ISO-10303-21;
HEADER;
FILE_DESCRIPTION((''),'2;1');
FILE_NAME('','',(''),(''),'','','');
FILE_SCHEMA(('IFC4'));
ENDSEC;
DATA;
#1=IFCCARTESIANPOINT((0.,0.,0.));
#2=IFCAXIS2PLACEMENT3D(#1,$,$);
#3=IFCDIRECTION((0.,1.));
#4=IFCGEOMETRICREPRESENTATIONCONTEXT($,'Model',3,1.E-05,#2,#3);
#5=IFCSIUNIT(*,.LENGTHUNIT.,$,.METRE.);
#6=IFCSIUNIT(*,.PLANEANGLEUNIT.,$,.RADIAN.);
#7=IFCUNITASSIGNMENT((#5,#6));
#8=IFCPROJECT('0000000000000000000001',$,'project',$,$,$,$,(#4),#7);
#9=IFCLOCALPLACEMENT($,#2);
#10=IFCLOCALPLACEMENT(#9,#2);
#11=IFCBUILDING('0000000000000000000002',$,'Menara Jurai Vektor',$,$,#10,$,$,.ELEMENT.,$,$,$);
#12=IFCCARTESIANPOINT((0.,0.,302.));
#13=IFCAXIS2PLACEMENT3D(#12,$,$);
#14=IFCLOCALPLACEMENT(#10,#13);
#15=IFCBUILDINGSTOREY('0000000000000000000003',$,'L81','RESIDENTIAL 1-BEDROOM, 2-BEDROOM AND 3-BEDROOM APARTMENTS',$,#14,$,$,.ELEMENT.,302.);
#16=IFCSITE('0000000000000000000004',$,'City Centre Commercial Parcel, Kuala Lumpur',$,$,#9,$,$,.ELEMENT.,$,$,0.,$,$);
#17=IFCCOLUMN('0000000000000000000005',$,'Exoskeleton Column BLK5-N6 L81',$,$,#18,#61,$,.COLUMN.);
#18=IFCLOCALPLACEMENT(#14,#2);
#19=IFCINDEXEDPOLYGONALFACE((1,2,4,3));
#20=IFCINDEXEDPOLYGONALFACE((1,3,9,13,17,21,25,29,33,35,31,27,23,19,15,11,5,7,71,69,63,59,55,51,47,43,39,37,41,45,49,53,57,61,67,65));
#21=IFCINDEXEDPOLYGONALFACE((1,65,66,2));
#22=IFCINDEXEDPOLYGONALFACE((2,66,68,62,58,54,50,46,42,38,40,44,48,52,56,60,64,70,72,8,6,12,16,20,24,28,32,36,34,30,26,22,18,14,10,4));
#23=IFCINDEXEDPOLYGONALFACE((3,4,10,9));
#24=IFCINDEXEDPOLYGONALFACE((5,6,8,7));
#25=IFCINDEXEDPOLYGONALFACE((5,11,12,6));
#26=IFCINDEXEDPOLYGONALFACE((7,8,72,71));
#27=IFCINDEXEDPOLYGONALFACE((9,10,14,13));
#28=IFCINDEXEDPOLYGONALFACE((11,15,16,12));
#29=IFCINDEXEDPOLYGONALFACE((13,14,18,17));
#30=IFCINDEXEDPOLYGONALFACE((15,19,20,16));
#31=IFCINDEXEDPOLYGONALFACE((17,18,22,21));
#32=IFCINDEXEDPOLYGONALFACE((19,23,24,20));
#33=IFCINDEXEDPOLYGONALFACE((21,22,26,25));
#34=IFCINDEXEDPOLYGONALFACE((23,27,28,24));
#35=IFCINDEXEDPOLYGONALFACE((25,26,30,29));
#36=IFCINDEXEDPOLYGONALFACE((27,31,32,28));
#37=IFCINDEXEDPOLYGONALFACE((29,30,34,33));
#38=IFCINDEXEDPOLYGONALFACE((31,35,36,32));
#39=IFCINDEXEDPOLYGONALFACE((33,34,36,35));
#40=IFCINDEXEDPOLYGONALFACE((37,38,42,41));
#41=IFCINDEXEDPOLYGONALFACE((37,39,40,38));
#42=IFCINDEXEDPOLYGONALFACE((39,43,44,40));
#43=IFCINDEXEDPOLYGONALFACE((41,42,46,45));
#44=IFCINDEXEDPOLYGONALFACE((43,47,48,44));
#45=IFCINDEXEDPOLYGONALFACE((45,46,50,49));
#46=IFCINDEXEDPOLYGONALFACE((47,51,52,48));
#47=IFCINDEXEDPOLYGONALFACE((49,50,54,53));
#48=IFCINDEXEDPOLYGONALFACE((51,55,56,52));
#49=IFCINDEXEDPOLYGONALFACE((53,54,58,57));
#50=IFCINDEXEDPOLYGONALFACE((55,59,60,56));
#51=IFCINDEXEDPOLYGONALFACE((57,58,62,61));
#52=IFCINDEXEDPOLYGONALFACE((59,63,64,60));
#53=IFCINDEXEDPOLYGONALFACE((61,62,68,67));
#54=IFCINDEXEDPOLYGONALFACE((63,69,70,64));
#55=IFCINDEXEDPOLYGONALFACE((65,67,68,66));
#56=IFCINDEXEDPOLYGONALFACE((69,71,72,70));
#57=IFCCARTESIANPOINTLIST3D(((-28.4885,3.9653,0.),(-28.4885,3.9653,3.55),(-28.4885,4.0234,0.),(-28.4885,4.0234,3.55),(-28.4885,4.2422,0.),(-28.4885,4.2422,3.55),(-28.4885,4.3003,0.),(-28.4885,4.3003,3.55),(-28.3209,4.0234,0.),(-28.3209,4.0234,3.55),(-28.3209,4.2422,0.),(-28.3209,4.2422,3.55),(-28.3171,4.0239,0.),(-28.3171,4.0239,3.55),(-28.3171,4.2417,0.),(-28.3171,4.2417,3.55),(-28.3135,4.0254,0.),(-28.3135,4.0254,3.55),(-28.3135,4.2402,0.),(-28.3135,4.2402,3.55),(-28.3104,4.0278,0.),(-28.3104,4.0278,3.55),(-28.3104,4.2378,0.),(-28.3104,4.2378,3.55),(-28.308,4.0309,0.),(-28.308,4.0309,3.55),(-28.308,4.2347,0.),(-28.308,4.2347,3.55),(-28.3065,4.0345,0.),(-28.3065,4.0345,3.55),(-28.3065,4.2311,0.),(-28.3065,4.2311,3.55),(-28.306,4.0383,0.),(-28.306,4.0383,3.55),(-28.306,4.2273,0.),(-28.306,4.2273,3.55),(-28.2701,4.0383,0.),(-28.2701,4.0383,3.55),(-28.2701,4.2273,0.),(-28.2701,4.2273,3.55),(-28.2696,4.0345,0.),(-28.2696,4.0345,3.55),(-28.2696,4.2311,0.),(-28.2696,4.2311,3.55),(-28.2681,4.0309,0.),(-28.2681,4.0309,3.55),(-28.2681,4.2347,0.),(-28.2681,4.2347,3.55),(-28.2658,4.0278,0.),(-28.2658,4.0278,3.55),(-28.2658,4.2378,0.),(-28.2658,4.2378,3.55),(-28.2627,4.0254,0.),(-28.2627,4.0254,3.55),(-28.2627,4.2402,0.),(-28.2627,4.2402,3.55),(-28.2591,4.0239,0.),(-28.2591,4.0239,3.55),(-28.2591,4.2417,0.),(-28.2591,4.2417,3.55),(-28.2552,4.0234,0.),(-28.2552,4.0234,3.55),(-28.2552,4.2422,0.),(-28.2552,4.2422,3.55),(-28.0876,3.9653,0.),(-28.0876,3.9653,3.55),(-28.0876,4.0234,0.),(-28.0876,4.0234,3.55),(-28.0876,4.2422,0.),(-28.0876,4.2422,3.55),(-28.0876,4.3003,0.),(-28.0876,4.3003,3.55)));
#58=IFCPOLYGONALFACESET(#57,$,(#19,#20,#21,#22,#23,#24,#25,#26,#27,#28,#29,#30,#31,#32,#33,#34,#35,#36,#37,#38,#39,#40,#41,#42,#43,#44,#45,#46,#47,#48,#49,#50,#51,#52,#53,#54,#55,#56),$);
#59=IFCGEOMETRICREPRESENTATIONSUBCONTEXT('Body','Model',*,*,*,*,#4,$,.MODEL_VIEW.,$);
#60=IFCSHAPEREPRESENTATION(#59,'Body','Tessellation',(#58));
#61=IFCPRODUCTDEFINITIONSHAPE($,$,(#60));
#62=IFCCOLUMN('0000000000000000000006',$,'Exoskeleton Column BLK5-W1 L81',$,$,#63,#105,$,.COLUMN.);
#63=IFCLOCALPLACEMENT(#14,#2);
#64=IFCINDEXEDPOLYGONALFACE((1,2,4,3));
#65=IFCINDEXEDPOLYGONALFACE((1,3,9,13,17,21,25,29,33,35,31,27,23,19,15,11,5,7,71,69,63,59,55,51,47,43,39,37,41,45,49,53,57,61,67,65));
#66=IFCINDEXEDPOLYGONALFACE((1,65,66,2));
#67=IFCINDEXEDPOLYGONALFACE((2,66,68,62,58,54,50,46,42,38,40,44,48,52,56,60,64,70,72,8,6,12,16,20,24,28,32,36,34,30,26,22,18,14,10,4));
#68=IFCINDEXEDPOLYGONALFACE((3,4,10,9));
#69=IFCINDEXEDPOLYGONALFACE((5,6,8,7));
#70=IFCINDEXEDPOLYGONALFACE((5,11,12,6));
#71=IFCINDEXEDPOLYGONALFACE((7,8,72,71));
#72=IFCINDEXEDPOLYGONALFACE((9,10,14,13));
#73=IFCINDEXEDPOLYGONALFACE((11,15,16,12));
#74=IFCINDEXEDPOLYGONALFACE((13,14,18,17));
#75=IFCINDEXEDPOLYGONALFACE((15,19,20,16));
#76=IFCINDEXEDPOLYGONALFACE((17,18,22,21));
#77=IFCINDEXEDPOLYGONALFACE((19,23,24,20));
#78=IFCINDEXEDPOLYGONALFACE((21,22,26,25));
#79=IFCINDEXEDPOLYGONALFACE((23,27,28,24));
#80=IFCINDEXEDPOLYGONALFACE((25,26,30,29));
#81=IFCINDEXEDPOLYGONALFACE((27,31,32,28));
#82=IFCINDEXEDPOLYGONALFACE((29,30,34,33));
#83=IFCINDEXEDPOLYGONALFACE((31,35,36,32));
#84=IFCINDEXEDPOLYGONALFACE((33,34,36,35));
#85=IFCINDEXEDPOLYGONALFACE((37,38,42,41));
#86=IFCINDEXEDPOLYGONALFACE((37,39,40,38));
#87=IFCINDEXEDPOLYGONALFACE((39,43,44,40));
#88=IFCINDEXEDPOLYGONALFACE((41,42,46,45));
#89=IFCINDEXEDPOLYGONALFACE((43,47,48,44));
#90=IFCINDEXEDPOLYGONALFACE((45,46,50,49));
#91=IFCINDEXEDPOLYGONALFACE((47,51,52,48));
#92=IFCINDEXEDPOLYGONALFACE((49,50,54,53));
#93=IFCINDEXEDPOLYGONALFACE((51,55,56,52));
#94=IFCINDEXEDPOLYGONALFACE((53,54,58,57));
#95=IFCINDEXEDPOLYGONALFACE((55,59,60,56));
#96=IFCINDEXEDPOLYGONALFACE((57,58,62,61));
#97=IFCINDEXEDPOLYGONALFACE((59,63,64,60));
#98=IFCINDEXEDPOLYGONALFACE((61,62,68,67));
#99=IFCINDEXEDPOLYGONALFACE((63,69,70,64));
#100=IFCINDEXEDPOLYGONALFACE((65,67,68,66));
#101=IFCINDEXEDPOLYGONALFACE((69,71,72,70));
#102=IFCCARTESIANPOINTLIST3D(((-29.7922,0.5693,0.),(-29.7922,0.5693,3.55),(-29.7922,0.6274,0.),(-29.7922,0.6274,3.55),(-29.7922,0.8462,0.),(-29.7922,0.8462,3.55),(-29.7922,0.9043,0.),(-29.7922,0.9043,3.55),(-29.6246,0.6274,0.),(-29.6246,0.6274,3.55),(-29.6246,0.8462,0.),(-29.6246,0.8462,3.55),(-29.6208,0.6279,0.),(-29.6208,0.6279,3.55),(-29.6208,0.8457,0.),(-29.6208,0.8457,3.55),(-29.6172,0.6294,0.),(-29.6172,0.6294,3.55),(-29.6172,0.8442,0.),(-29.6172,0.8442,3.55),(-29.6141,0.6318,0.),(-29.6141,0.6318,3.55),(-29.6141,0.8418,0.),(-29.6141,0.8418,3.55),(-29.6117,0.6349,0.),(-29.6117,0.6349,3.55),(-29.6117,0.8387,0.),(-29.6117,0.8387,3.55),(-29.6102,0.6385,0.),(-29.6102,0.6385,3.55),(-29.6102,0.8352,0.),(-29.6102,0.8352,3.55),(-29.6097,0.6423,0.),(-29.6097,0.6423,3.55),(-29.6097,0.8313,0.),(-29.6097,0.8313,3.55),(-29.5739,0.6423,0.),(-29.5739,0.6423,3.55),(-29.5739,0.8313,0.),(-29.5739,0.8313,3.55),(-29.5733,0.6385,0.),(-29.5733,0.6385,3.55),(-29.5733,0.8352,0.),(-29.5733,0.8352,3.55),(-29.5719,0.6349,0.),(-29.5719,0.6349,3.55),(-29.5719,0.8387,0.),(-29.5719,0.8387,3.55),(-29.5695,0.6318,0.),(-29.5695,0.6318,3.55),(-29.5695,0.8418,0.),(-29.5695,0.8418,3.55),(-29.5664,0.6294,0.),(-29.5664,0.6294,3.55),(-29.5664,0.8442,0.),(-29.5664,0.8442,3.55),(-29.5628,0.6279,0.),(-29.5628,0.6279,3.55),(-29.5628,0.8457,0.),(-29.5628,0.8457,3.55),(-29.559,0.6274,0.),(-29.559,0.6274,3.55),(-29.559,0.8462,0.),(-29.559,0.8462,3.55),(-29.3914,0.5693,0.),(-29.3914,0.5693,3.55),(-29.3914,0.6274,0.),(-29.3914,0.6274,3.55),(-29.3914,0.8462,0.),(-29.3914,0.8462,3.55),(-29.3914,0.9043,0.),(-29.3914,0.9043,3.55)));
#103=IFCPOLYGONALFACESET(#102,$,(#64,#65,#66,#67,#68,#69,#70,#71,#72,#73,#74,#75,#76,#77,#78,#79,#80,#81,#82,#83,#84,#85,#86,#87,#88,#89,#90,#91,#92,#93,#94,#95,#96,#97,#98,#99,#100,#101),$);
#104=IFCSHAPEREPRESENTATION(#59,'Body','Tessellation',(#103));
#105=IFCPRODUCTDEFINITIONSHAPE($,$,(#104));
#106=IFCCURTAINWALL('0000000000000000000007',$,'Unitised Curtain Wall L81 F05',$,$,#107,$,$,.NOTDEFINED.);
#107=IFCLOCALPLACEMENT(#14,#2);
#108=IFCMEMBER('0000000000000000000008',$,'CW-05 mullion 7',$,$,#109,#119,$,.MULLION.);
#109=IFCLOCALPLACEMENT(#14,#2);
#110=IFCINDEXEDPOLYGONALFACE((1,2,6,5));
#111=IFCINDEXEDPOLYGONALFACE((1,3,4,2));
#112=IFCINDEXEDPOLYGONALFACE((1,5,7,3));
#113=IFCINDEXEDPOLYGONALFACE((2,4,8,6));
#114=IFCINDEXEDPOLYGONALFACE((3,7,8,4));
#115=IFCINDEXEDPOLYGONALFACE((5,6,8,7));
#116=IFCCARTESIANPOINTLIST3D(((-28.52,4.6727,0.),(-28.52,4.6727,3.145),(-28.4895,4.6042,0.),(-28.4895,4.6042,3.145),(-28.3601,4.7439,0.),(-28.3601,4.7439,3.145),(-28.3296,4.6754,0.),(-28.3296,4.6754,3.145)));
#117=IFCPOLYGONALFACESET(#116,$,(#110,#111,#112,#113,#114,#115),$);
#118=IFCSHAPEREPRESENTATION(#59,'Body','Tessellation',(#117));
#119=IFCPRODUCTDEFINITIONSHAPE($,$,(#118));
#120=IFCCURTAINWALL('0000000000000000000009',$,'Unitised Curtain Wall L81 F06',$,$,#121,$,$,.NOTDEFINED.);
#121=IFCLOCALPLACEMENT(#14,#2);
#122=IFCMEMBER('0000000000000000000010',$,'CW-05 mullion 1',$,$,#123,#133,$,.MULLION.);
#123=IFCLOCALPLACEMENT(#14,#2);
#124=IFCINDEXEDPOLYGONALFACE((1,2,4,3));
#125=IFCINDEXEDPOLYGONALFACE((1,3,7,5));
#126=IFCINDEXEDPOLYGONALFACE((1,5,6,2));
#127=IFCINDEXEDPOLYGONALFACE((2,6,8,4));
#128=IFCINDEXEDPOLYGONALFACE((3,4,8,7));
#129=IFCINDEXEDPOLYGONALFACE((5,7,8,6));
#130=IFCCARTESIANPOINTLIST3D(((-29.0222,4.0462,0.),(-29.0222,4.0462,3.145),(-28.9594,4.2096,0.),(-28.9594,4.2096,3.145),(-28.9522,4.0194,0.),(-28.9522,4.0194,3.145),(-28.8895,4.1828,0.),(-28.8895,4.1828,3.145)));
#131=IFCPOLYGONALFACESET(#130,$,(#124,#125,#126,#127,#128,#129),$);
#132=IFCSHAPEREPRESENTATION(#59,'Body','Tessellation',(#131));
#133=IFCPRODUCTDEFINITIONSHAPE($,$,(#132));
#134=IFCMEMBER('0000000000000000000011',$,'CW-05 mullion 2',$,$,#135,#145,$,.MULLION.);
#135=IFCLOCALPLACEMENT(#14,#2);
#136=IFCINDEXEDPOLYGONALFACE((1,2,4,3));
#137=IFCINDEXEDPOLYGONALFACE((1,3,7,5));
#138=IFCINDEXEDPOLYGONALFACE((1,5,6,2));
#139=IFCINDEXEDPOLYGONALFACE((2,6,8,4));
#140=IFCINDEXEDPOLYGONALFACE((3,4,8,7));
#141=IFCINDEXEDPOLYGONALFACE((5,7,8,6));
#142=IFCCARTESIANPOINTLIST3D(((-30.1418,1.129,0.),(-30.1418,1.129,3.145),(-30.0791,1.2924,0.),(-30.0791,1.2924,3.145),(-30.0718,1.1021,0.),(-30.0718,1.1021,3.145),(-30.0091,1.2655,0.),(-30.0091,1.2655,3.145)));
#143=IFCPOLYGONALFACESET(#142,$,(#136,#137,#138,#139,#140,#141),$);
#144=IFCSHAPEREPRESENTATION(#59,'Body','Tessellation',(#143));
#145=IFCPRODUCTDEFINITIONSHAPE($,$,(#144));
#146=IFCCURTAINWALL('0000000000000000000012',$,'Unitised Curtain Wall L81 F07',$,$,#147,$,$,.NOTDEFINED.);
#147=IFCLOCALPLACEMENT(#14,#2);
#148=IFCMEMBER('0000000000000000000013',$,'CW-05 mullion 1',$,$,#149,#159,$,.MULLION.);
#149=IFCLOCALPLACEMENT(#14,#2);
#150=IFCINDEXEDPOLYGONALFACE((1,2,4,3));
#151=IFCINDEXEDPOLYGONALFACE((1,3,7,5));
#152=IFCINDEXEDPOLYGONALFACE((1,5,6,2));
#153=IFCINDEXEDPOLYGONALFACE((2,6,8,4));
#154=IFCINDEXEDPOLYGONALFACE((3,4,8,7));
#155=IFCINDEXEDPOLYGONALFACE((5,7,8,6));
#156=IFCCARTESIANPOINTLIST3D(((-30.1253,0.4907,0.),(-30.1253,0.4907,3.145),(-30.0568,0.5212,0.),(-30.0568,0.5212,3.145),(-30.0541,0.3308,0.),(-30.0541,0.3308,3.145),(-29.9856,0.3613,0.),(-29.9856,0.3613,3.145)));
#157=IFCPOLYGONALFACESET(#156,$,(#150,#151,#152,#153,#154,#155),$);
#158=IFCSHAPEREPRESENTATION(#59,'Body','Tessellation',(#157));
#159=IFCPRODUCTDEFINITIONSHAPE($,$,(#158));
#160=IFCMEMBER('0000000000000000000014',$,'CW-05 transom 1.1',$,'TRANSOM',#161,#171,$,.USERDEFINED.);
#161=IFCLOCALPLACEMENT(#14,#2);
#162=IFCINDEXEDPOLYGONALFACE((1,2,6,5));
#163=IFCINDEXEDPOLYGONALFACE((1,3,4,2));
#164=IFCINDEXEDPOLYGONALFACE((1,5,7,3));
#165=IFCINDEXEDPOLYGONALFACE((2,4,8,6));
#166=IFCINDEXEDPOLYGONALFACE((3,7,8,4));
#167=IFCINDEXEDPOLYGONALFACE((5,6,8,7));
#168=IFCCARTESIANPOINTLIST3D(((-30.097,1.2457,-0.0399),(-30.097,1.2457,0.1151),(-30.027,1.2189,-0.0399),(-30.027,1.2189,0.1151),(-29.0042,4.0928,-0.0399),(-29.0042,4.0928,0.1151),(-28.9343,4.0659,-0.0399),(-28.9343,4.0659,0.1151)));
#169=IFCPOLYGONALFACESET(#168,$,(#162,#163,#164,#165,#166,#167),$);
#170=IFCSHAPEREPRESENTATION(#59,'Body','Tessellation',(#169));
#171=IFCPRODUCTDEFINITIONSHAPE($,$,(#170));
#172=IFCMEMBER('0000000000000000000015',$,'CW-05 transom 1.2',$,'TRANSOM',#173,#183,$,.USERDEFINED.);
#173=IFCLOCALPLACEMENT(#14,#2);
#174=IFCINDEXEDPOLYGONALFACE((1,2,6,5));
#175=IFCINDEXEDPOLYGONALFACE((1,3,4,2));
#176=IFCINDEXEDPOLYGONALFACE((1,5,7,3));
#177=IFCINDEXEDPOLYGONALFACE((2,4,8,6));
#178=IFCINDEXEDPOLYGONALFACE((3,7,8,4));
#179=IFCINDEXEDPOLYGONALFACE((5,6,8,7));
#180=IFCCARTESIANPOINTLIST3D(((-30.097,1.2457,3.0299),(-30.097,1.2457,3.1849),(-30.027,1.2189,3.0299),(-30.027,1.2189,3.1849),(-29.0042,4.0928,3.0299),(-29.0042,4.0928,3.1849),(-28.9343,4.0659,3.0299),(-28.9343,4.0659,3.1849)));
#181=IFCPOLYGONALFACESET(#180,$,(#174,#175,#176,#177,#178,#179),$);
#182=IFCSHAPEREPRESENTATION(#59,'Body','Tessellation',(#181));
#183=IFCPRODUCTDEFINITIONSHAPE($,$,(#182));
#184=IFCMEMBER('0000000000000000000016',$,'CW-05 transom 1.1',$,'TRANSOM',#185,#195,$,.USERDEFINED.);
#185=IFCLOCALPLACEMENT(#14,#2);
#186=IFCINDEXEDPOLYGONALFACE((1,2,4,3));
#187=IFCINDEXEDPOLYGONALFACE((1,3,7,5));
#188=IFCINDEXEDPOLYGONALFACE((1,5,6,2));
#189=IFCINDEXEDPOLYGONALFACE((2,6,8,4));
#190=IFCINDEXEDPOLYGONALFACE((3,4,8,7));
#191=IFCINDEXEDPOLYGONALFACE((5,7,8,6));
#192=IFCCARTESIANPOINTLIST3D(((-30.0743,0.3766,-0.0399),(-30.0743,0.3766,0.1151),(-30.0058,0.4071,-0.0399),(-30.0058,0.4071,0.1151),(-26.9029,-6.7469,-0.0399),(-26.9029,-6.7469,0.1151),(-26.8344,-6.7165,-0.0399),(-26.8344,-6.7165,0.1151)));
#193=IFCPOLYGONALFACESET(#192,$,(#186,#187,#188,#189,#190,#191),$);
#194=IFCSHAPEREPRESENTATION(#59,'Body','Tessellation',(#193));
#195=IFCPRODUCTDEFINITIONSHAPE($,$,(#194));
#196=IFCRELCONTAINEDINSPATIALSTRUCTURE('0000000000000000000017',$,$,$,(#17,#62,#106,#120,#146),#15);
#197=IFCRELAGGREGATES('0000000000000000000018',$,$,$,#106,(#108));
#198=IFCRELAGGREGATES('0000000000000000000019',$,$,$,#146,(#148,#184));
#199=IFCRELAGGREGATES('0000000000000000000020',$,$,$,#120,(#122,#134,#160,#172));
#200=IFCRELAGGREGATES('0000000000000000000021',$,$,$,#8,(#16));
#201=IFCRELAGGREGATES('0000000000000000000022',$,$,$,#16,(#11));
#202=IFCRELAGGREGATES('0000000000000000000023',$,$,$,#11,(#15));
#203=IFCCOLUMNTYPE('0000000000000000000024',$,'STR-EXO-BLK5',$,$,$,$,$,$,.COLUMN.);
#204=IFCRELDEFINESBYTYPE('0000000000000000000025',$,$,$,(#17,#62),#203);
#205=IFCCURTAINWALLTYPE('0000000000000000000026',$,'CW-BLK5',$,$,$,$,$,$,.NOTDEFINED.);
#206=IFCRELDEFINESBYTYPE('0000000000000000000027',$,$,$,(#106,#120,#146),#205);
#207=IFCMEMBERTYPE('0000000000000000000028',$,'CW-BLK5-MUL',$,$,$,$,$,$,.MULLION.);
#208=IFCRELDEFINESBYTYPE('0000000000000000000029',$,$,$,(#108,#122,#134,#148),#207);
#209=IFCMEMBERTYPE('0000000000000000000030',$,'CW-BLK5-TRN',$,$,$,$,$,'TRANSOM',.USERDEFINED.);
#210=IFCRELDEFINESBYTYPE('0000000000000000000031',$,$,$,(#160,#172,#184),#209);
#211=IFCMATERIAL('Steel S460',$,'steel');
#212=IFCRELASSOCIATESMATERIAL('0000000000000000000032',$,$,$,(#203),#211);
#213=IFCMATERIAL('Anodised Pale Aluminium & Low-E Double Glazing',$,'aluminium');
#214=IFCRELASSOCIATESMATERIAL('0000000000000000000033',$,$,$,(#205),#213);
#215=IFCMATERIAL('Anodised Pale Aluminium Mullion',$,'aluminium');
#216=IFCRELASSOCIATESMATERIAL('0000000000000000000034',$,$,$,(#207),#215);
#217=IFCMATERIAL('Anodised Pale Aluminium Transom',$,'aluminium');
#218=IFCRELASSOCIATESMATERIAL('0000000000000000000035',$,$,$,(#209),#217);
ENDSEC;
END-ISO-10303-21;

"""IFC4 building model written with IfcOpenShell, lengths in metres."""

from ifc_helpers import new_model, si_unit, direction, frame, origin, origin_2d, place, context, subcontext, project, spatial, rectangle, i_section, extrude, material, material_profile, profile_set, type_object, element, aggregate, save


model = new_model("IFC4")

# Units and contexts
model_context = context("Model", 3, precision=1e-05, world=origin(), true_north=direction((0.0, 1.0)))
body_context = subcontext(model_context, "Body", "Model", "MODEL_VIEW")
ifc_project = project(units=[si_unit("LENGTHUNIT", "METRE"), si_unit("PLANEANGLEUNIT", "RADIAN")], contexts=[model_context])

# Site, building, storey
site_placement = place(None, origin())
site = spatial("IfcSite", under=ifc_project, at=site_placement, Name="City Centre Commercial Parcel, Kuala Lumpur", CompositionType="ELEMENT", RefElevation=0.0)
building_placement = place(site_placement, origin())
building = spatial("IfcBuilding", under=site, at=building_placement, Name="Menara Jurai Vektor", CompositionType="ELEMENT")
storey_placement = place(building_placement, frame((0.0, 0.0, 302.0)))
storey = spatial("IfcBuildingStorey", under=building, at=storey_placement, Name="L81", Description="RESIDENTIAL 1-BEDROOM, 2-BEDROOM AND 3-BEDROOM APARTMENTS", CompositionType="ELEMENT", Elevation=302.0)

# Columns
ifc_material_1 = material(Name="Steel S460", Category="steel")
ifc_material_profile_1 = material_profile(ifc_material_1, i_section(OverallWidth=0.4009, OverallDepth=0.335, WebThickness=0.0359, FlangeThickness=0.0581, FilletRadius=0.0149, at=origin_2d()), Name="HD 400x463")
ifc_profile_set_1 = profile_set([ifc_material_profile_1], Name="Steel S460")
column_type = type_object("IfcColumnType", Name="STR-EXO-BLK5", PredefinedType="COLUMN", material=ifc_profile_set_1)
for number, where, z_axis, x_axis, name in (
    (1, (-28.2881, 4.1328, 0.0), (0.0, 0.0, 1.0), (1.0, 0.0, 0.0), "Exoskeleton Column BLK5-N6 L81"),
    (2, (-29.5918, 0.7368, 0.0), (0.0, 0.0, 1.0), (1.0, 0.0, 0.0), "Exoskeleton Column BLK5-W1 L81"),
):
    element("IfcColumn", number, at=place(storey_placement, frame(where, z_axis=z_axis, x_axis=x_axis)), inside=storey, type_object=column_type, Name=name, PredefinedType="COLUMN", context=body_context, shape_type="SweptSolid", body=[
        extrude(i_section(OverallWidth=0.4009, OverallDepth=0.335, WebThickness=0.0359, FlangeThickness=0.0581, FilletRadius=0.0149, at=origin_2d()), origin(), (0.0, 0.0, 1.0), 3.55),
    ])

# Curtain wall, member
ifc_material_2 = material(Name="Anodised Pale Aluminium & Low-E Double Glazing", Category="aluminium")
curtain_wall_type = type_object("IfcCurtainWallType", Name="CW-BLK5", PredefinedType="NOTDEFINED", material=ifc_material_2)
curtain_wall_1_placement = place(storey_placement, origin())
curtain_wall_1 = element("IfcCurtainWall", 3, at=curtain_wall_1_placement, inside=storey, type_object=curtain_wall_type, Name="Unitised Curtain Wall L81 F05", PredefinedType="NOTDEFINED")
ifc_material_3 = material(Name="Anodised Pale Aluminium Mullion", Category="aluminium")
ifc_material_profile_2 = material_profile(ifc_material_3, rectangle(XDim=0.075, YDim=0.175, at=origin_2d()), Name="ALU MUL 75x175")
ifc_profile_set_2 = profile_set([ifc_material_profile_2], Name="Anodised Pale Aluminium Mullion")
member_type_1 = type_object("IfcMemberType", Name="CW-BLK5-MUL", PredefinedType="MULLION", material=ifc_profile_set_2)
member_1_placement = place(storey_placement, frame((-28.4248, 4.6741, 0.0), z_axis=(0.0, 0.0, 1.0), x_axis=(0.406735, -0.913546, 0.0)))
member_1 = element("IfcMember", 4, at=member_1_placement, type_object=member_type_1, Name="CW-05 mullion 7", PredefinedType="MULLION", context=body_context, shape_type="SweptSolid", body=[
    extrude(rectangle(XDim=0.075, YDim=0.175, at=origin_2d()), origin(), (0.0, 0.0, 1.0), 3.145),
])

# Curtain wall, members
curtain_wall_2_placement = place(storey_placement, origin())
curtain_wall_2 = element("IfcCurtainWall", 5, at=curtain_wall_2_placement, inside=storey, type_object=curtain_wall_type, Name="Unitised Curtain Wall L81 F06", PredefinedType="NOTDEFINED")
member_2_placement = place(storey_placement, frame((-28.9558, 4.1145, 0.0), z_axis=(0.0, 0.0, 1.0), x_axis=(0.933578, -0.358374, 0.0)))
member_2 = element("IfcMember", 6, at=member_2_placement, type_object=member_type_1, Name="CW-05 mullion 1", PredefinedType="MULLION", context=body_context, shape_type="SweptSolid", body=[
    extrude(rectangle(XDim=0.075, YDim=0.175, at=origin_2d()), origin(), (0.0, 0.0, 1.0), 3.145),
])
member_3_placement = place(storey_placement, frame((-30.0754, 1.1973, 0.0), z_axis=(0.0, 0.0, 1.0), x_axis=(0.933578, -0.358374, 0.0)))
member_3 = element("IfcMember", 7, at=member_3_placement, type_object=member_type_1, Name="CW-05 mullion 2", PredefinedType="MULLION", context=body_context, shape_type="SweptSolid", body=[
    extrude(rectangle(XDim=0.075, YDim=0.175, at=origin_2d()), origin(), (0.0, 0.0, 1.0), 3.145),
])

# Curtain wall, member
curtain_wall_3_placement = place(storey_placement, origin())
curtain_wall_3 = element("IfcCurtainWall", 8, at=curtain_wall_3_placement, inside=storey, type_object=curtain_wall_type, Name="Unitised Curtain Wall L81 F07", PredefinedType="NOTDEFINED")
member_4_placement = place(storey_placement, frame((-30.0554, 0.426, 0.0), z_axis=(0.0, 0.0, 1.0), x_axis=(0.913546, 0.406735, 0.0)))
member_4 = element("IfcMember", 9, at=member_4_placement, type_object=member_type_1, Name="CW-05 mullion 1", PredefinedType="MULLION", context=body_context, shape_type="SweptSolid", body=[
    extrude(rectangle(XDim=0.075, YDim=0.175, at=origin_2d()), origin(), (0.0, 0.0, 1.0), 3.145),
])

# Members
ifc_material_4 = material(Name="Anodised Pale Aluminium Transom", Category="aluminium")
ifc_material_profile_3 = material_profile(ifc_material_4, rectangle(XDim=0.075, YDim=0.155, at=origin_2d()), Name="ALU TRN 75x155")
ifc_profile_set_3 = profile_set([ifc_material_profile_3], Name="Anodised Pale Aluminium Transom")
member_type_2 = type_object("IfcMemberType", Name="CW-BLK5-TRN", ElementType="TRANSOM", PredefinedType="USERDEFINED", material=ifc_profile_set_3)
member_5_placement = place(storey_placement, frame((-28.9692, 4.0793, 0.0376), z_axis=(-0.358325, -0.933597, 0.0), x_axis=(0.933597, -0.358325, 0.0)))
member_5 = element("IfcMember", 10, at=member_5_placement, type_object=member_type_2, Name="CW-05 transom 1.1", ObjectType="TRANSOM", PredefinedType="USERDEFINED", context=body_context, shape_type="SweptSolid", body=[
    extrude(rectangle(XDim=0.075, YDim=0.155, at=origin_2d()), origin(), (0.0, 0.0, 1.0), 3.0496),
])
member_6_placement = place(storey_placement, frame((-28.9692, 4.0793, 3.1074), z_axis=(-0.358325, -0.933597, 0.0), x_axis=(0.933597, -0.358325, 0.0)))
member_6 = element("IfcMember", 11, at=member_6_placement, type_object=member_type_2, Name="CW-05 transom 1.2", ObjectType="TRANSOM", PredefinedType="USERDEFINED", context=body_context, shape_type="SweptSolid", body=[
    extrude(rectangle(XDim=0.075, YDim=0.155, at=origin_2d()), origin(), (0.0, 0.0, 1.0), 3.0496),
])
member_7_placement = place(storey_placement, frame((-30.04, 0.3918, 0.0376), z_axis=(0.406714, -0.913556, 0.0), x_axis=(0.913556, 0.406714, 0.0)))
member_7 = element("IfcMember", 12, at=member_7_placement, type_object=member_type_2, Name="CW-05 transom 1.1", ObjectType="TRANSOM", PredefinedType="USERDEFINED", context=body_context, shape_type="SweptSolid", body=[
    extrude(rectangle(XDim=0.075, YDim=0.155, at=origin_2d()), origin(), (0.0, 0.0, 1.0), 7.7976),
])

aggregate(curtain_wall_1, [member_1])
aggregate(curtain_wall_3, [member_4, member_7])
aggregate(curtain_wall_2, [member_2, member_3, member_5, member_6])

save(model, "model.ifc")
